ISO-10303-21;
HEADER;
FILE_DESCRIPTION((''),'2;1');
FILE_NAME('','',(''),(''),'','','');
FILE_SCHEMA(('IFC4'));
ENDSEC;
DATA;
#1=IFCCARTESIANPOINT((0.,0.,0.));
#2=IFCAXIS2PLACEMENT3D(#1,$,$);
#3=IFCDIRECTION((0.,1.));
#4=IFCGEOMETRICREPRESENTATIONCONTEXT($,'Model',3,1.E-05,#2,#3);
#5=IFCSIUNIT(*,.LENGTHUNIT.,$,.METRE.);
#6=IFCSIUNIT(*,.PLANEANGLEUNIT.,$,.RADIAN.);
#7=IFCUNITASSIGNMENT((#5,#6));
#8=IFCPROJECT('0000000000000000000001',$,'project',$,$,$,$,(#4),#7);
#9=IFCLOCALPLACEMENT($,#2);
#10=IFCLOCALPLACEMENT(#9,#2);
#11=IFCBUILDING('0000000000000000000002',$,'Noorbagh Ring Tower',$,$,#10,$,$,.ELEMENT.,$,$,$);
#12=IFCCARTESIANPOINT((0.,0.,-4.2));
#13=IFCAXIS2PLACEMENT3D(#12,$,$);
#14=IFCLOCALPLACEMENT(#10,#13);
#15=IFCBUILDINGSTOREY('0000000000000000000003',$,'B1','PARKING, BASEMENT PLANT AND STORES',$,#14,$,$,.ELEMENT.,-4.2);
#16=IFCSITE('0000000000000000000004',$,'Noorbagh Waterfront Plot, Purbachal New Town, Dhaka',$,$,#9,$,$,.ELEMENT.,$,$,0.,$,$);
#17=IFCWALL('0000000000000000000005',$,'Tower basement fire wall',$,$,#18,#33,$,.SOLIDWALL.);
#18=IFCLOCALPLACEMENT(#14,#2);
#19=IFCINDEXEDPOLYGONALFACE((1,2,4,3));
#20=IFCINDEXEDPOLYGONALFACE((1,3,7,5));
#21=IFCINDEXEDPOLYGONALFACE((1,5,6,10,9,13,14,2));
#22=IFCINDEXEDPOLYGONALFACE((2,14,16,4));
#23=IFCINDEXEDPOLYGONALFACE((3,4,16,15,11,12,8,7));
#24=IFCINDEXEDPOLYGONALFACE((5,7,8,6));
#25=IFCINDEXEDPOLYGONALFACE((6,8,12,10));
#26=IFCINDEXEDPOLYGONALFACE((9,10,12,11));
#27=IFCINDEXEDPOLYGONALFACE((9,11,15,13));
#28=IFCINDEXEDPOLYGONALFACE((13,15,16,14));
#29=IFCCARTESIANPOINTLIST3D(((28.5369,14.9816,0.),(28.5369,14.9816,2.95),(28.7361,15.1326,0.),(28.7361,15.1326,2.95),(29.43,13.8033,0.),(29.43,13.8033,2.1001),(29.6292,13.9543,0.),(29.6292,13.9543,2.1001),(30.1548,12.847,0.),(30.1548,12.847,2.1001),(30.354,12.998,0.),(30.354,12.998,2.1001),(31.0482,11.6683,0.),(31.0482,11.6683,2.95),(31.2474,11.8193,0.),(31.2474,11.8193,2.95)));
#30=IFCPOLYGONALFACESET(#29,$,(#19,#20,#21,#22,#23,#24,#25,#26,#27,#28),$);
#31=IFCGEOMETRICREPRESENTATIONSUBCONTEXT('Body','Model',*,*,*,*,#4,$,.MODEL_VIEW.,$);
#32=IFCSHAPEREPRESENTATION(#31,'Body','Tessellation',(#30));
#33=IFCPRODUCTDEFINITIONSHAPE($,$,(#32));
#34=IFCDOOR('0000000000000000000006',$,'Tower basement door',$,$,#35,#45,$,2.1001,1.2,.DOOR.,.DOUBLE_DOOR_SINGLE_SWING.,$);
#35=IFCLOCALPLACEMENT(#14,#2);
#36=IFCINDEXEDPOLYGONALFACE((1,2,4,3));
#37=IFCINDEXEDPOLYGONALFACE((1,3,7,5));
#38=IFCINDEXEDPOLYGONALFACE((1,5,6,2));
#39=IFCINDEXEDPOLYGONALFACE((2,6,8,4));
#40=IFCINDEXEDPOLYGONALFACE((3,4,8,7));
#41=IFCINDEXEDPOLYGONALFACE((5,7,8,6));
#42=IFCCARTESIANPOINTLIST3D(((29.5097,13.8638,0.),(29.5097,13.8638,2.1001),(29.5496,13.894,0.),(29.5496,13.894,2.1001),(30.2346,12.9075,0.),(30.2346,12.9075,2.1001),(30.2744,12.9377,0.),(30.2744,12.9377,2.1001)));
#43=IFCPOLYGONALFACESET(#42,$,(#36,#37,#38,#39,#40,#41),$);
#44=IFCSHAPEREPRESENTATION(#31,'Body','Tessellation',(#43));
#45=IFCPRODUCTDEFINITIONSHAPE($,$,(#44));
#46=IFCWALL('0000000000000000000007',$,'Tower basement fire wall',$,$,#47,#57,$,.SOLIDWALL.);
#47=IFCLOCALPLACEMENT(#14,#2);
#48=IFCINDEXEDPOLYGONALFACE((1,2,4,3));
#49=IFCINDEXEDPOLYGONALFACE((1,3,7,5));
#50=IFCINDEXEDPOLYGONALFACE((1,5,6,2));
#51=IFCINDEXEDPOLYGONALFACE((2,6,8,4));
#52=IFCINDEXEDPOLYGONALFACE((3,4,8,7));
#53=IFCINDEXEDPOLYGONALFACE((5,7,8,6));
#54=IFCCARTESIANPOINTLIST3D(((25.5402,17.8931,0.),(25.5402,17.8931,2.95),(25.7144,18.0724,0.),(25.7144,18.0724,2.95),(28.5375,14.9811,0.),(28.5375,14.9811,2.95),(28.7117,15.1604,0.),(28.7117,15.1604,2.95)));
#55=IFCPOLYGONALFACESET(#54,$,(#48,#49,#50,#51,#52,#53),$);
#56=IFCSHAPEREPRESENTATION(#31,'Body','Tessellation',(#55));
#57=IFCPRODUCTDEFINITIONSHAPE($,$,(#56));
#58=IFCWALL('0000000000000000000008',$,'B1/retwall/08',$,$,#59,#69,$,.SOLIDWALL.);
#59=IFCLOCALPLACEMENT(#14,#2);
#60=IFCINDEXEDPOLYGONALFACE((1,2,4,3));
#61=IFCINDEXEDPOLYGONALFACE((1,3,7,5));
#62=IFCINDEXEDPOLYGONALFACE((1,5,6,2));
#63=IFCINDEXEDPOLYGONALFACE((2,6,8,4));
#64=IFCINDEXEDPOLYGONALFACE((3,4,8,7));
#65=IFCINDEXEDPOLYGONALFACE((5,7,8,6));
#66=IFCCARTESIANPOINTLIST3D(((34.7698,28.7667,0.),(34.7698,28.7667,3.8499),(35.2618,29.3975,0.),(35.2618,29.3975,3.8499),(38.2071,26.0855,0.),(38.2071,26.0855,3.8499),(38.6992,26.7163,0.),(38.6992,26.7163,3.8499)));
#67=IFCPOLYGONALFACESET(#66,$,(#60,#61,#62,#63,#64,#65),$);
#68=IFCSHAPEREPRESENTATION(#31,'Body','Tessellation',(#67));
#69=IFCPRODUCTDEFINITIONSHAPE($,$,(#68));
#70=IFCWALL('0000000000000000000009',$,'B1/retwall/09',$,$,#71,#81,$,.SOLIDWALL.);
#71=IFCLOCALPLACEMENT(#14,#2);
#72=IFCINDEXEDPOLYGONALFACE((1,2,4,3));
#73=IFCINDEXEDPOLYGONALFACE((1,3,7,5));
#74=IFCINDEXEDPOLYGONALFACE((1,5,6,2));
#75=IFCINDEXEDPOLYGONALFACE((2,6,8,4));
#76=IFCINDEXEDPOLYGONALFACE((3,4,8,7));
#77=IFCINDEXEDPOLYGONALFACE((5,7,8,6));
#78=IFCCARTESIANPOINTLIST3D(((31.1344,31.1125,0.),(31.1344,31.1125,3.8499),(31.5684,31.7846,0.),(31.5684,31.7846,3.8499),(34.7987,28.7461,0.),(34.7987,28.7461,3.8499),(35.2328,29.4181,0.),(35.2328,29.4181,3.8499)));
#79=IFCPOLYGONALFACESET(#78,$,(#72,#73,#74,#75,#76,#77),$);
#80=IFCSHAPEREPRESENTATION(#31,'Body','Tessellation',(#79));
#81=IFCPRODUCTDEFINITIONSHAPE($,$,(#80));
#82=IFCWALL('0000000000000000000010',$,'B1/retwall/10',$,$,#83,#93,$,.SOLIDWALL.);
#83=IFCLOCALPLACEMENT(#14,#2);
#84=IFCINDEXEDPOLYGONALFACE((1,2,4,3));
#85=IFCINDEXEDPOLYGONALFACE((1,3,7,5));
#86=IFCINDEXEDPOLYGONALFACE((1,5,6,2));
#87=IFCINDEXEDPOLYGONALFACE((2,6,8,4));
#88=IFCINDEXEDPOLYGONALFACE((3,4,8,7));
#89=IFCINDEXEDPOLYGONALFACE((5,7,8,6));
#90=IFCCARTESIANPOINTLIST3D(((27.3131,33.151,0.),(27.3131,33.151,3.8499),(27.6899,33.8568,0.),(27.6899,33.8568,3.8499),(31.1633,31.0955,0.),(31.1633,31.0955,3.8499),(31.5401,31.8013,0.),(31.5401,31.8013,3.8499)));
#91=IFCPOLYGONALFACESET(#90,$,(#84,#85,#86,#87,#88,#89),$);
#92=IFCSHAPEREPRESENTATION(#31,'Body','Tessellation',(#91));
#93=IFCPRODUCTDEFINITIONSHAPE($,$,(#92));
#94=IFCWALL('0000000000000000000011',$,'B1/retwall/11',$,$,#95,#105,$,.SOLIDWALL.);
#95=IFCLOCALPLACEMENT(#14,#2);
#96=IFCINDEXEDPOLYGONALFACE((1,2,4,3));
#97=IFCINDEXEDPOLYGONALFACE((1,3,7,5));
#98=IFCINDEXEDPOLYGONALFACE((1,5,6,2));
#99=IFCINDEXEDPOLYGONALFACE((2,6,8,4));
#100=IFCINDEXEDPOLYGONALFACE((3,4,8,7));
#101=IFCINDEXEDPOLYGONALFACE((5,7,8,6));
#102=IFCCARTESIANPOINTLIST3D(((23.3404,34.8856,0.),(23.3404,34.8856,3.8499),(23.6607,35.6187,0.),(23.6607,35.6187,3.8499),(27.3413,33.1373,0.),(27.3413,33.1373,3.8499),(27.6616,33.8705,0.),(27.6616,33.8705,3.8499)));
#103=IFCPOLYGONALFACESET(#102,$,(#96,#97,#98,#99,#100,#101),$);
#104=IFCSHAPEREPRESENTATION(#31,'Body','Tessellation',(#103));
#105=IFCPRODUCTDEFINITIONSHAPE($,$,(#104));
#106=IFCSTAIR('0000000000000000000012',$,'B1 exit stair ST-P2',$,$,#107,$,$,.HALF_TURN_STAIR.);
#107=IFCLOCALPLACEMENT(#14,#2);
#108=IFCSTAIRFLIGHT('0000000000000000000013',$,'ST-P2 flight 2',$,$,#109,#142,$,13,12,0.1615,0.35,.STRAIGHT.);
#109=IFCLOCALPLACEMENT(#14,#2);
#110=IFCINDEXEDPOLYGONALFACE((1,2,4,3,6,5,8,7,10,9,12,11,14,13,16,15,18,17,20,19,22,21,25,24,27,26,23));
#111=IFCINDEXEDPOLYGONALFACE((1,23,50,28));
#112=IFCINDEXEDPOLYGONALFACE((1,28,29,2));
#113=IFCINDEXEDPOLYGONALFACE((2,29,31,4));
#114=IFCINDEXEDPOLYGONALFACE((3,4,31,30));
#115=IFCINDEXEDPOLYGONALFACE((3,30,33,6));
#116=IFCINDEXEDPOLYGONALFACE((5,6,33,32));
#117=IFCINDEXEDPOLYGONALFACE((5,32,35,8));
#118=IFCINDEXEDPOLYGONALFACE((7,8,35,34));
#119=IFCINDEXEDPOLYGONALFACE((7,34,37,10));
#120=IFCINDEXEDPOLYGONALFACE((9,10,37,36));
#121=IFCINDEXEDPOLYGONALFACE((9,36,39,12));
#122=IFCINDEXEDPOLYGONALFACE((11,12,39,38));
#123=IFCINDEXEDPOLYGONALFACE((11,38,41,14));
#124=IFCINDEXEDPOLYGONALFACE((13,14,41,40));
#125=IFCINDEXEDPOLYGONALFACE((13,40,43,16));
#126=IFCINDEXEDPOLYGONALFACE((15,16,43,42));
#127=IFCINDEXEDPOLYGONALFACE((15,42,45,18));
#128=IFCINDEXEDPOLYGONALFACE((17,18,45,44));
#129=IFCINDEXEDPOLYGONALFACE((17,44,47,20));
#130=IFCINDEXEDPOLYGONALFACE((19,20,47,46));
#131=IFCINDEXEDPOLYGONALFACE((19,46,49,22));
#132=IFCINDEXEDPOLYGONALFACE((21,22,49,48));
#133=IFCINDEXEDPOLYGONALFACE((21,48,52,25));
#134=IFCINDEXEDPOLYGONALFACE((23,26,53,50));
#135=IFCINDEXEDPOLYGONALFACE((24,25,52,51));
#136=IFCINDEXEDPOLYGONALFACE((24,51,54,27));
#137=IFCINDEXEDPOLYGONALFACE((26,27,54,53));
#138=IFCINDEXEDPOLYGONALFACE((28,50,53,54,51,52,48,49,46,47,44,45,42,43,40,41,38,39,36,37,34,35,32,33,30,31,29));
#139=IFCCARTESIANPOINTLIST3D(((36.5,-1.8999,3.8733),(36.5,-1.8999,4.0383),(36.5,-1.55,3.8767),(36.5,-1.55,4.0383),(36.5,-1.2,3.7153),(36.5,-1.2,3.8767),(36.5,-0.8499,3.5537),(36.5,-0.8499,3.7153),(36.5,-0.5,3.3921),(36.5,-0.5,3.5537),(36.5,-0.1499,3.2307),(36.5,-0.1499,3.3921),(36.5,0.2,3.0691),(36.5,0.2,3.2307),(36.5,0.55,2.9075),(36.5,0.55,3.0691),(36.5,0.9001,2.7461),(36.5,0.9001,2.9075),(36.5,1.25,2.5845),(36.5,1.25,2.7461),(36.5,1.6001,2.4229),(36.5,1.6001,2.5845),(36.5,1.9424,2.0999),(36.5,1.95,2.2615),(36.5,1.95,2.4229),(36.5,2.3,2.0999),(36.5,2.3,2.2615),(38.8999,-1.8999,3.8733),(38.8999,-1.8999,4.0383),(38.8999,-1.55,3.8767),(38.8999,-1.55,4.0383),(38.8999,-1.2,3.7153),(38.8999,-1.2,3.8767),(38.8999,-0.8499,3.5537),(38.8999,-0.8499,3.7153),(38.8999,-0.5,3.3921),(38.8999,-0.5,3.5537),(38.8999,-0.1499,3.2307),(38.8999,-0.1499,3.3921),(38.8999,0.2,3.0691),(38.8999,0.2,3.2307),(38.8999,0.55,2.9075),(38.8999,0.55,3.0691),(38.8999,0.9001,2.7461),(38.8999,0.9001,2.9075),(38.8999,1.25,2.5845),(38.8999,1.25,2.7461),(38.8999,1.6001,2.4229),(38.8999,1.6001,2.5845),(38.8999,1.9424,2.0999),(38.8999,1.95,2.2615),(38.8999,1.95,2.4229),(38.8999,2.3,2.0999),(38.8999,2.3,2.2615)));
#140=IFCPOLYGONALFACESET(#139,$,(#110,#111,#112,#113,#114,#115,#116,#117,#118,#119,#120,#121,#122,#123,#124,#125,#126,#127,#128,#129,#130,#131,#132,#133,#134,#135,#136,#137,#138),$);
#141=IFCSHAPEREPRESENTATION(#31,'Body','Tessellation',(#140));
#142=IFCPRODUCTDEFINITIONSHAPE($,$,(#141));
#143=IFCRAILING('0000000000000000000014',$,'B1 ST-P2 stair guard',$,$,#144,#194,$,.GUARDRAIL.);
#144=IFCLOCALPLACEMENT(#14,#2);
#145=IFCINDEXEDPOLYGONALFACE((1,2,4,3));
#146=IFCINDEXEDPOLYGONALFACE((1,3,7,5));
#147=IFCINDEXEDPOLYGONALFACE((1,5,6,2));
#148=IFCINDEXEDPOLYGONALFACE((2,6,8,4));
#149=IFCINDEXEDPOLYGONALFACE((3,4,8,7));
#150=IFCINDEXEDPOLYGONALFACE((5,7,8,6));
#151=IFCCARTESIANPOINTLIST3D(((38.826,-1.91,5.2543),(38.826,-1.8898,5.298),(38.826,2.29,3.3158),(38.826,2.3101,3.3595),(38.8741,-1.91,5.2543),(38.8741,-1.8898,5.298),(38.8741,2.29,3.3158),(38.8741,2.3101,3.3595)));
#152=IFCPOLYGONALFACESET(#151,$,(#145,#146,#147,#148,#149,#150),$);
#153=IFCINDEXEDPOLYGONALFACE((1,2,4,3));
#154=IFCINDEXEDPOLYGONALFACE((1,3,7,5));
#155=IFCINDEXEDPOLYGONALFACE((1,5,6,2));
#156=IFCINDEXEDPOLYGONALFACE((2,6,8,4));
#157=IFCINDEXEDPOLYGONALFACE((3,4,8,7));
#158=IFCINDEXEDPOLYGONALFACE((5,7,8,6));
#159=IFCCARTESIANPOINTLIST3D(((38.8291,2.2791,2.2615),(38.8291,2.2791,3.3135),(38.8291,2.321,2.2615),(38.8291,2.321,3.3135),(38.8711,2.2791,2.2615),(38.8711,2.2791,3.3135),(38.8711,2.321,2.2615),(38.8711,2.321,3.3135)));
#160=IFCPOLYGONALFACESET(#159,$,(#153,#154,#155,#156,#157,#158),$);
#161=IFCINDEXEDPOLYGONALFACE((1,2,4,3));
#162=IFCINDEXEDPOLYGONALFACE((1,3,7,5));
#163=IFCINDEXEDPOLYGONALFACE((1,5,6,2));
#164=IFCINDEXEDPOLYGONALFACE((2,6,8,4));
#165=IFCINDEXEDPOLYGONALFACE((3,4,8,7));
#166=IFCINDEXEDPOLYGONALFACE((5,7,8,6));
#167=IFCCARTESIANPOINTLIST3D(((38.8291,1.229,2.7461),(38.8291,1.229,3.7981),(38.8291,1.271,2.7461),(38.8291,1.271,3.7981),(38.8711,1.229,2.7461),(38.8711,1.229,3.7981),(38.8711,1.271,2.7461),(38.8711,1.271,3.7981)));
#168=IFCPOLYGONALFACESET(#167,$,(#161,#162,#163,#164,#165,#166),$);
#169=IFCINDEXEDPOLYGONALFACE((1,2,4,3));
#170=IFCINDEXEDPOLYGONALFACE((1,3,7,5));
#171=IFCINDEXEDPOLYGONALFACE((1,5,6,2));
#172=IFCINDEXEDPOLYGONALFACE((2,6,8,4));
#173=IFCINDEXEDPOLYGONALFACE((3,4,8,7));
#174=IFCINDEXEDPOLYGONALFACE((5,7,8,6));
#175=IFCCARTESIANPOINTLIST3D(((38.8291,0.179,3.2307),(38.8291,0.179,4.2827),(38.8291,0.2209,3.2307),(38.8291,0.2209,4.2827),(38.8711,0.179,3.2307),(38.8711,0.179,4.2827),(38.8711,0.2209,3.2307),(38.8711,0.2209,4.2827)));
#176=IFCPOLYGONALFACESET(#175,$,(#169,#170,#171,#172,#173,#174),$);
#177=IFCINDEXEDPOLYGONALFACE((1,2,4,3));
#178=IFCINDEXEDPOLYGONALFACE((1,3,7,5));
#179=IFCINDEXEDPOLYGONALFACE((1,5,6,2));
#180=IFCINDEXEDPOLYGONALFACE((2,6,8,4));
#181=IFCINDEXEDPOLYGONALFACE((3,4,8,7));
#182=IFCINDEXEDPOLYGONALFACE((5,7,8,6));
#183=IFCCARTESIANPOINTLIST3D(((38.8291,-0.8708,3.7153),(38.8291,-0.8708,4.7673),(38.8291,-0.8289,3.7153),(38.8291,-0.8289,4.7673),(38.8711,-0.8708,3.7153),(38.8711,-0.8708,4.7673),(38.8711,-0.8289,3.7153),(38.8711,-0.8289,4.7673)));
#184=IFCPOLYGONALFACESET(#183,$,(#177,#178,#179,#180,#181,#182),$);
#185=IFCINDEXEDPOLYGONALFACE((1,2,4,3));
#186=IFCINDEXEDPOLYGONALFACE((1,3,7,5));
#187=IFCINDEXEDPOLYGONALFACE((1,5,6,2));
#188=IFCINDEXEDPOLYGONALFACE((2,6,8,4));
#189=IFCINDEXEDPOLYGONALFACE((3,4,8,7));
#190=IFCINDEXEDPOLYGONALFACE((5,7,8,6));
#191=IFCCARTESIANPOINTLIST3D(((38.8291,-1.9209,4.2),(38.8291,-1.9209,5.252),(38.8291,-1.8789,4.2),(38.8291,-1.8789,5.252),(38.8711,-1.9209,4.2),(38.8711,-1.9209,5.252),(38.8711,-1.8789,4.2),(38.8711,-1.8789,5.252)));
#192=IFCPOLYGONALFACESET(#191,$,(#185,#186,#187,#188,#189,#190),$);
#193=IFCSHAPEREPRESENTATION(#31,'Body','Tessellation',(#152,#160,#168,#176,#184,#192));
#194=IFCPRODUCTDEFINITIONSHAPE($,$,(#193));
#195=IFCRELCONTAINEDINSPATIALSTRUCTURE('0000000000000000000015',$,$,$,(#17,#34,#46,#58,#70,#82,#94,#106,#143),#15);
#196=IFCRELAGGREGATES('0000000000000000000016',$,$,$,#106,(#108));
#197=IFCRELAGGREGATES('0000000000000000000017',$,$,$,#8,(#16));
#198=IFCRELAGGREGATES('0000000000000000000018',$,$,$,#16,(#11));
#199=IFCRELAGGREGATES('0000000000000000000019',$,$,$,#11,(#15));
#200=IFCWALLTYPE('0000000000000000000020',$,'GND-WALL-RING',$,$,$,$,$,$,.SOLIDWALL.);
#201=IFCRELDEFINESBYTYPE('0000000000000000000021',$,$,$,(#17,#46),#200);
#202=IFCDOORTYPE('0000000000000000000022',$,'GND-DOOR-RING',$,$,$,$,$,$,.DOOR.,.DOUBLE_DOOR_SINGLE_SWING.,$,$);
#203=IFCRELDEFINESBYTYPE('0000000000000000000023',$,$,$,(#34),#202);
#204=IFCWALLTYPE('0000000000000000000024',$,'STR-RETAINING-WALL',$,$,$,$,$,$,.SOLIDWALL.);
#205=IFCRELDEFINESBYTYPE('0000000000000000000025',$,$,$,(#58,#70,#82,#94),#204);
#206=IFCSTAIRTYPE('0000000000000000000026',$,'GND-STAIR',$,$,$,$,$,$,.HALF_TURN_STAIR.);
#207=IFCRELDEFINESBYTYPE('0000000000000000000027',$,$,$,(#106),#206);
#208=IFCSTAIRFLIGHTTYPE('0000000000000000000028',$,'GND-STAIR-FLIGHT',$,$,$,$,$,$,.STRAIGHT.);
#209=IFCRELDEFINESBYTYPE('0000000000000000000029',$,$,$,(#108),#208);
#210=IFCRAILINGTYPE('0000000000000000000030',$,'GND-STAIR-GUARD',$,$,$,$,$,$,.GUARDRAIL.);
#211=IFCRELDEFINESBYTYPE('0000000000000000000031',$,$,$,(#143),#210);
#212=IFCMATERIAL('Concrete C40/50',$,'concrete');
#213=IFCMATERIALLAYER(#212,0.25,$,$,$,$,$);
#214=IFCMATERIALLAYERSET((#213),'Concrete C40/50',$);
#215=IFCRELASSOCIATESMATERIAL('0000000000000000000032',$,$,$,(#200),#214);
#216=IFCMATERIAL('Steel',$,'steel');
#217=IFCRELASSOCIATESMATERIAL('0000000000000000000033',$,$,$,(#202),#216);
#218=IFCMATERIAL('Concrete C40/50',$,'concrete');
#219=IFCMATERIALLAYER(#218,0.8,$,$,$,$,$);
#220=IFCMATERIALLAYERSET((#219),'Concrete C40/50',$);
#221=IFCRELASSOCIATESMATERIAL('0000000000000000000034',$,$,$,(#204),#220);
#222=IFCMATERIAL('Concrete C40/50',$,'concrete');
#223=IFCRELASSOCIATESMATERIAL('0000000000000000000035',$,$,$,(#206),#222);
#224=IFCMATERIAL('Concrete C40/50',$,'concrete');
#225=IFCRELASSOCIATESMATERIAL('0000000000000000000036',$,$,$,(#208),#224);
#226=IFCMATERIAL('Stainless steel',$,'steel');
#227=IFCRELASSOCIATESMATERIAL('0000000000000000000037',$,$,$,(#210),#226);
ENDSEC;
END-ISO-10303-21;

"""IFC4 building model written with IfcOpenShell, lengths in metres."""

from ifc_helpers import new_model, si_unit, direction, frame, frame_2d, origin, origin_2d, place, context, subcontext, project, spatial, polyline, rectangle, outline, extrude, material, layer, layer_set, type_object, element, fill, aggregate, save


model = new_model("IFC4")

# Units and contexts
model_context = context("Model", 3, precision=1e-05, world=origin(), true_north=direction((0.0, 1.0)))
body_context = subcontext(model_context, "Body", "Model", "MODEL_VIEW")
ifc_project = project(units=[si_unit("LENGTHUNIT", "METRE"), si_unit("PLANEANGLEUNIT", "RADIAN")], contexts=[model_context])

# Site, building, storey
site_placement = place(None, origin())
site = spatial("IfcSite", under=ifc_project, at=site_placement, Name="Noorbagh Waterfront Plot, Purbachal New Town, Dhaka", CompositionType="ELEMENT", RefElevation=0.0)
building_placement = place(site_placement, origin())
building = spatial("IfcBuilding", under=site, at=building_placement, Name="Noorbagh Ring Tower", CompositionType="ELEMENT")
storey_placement = place(building_placement, frame((0.0, 0.0, -4.2)))
storey = spatial("IfcBuildingStorey", under=building, at=storey_placement, Name="B1", Description="PARKING, BASEMENT PLANT AND STORES", CompositionType="ELEMENT", Elevation=-4.2)

# Shared definitions
ifc_material_1 = material(Name="Concrete C40/50", Category="concrete")
ifc_layer_1 = layer(ifc_material_1, 0.25)
ifc_layer_set_1 = layer_set([ifc_layer_1], Name="Concrete C40/50")
wall_type_1 = type_object("IfcWallType", Name="GND-WALL-RING", PredefinedType="SOLIDWALL", material=ifc_layer_set_1)

# Wall, opening, door
wall_1_placement = place(storey_placement, frame((31.1477, 11.7439, 0.0), z_axis=(0.0, 0.0, 1.0), x_axis=(-0.604042, 0.796953, 0.0)))
wall_1 = element("IfcWall", 1, at=wall_1_placement, inside=storey, type_object=wall_type_1, Name="Tower basement fire wall", PredefinedType="SOLIDWALL", context=body_context, shape_type="SweptSolid", body=[
    extrude(rectangle(XDim=4.1575, YDim=0.25, at=frame_2d((2.0786, 0.0))), origin(), (0.0, 0.0, 1.0), 2.95),
])
opening_placement = place(wall_1_placement, frame((1.4788, 0.0, 0.0)))
opening = element("IfcOpeningElement", 2, at=opening_placement, cuts=wall_1, PredefinedType="OPENING", context=body_context, shape_type="SweptSolid", body=[
    extrude(rectangle(XDim=1.2, YDim=2.1001, at=frame_2d((0.6001, 1.05))), frame((0.0, 0.135, 0.0), z_axis=(0.0, -1.0, 0.0), x_axis=(1.0, 0.0, 0.0)), (0.0, 0.0, 1.0), 0.27),
])
ifc_material_2 = material(Name="Steel", Category="steel")
door_type = type_object("IfcDoorType", Name="GND-DOOR-RING", OperationType="DOUBLE_DOOR_SINGLE_SWING", PredefinedType="DOOR", material=ifc_material_2)
door_placement = place(opening_placement, origin())
door = element("IfcDoor", 3, at=door_placement, inside=storey, type_object=door_type, Name="Tower basement door", OperationType="DOUBLE_DOOR_SINGLE_SWING", OverallHeight=2.1001, OverallWidth=1.2, PredefinedType="DOOR", context=body_context, shape_type="SweptSolid", body=[
    extrude(rectangle(XDim=1.2, YDim=2.1001, at=frame_2d((0.6001, 1.05))), frame((0.0, 0.0249, 0.0), z_axis=(0.0, -1.0, 0.0), x_axis=(1.0, 0.0, 0.0)), (0.0, 0.0, 1.0), 0.05),
])
fill(opening, door)

# Walls
wall_2_placement = place(storey_placement, frame((28.6245, 15.0708, 0.0), z_axis=(0.0, 0.0, 1.0), x_axis=(-0.717228, 0.696839, 0.0)))
element("IfcWall", 4, at=wall_2_placement, inside=storey, type_object=wall_type_1, Name="Tower basement fire wall", PredefinedType="SOLIDWALL", context=body_context, shape_type="SweptSolid", body=[
    extrude(rectangle(XDim=4.179, YDim=0.25, at=frame_2d((2.0894, 0.0))), origin(), (0.0, 0.0, 1.0), 2.95),
])
ifc_material_3 = material(Name="Concrete C40/50", Category="concrete")
ifc_layer_2 = layer(ifc_material_3, 0.8)
ifc_layer_set_2 = layer_set([ifc_layer_2], Name="Concrete C40/50")
wall_type_2 = type_object("IfcWallType", Name="STR-RETAINING-WALL", PredefinedType="SOLIDWALL", material=ifc_layer_set_2)
wall_3_placement = place(storey_placement, frame((38.4531, 26.4009, 0.0), z_axis=(0.0, 0.0, 1.0), x_axis=(-0.788492, 0.615045, 0.0)))
element("IfcWall", 5, at=wall_3_placement, inside=storey, type_object=wall_type_2, Name="B1/retwall/08", PredefinedType="SOLIDWALL", context=body_context, shape_type="SweptSolid", body=[
    extrude(rectangle(XDim=4.3594, YDim=0.8, at=frame_2d((2.1797, 0.0))), origin(), (0.0, 0.0, 1.0), 3.8499),
])
wall_4_placement = place(storey_placement, frame((35.0159, 29.082, 0.0), z_axis=(0.0, 0.0, 1.0), x_axis=(-0.840047, 0.542513, 0.0)))
element("IfcWall", 6, at=wall_4_placement, inside=storey, type_object=wall_type_2, Name="B1/retwall/09", PredefinedType="SOLIDWALL", context=body_context, shape_type="SweptSolid", body=[
    extrude(rectangle(XDim=4.3621, YDim=0.8, at=frame_2d((2.1812, 0.0))), origin(), (0.0, 0.0, 1.0), 3.8499),
])
wall_5_placement = place(storey_placement, frame((31.3516, 31.4485, 0.0), z_axis=(0.0, 0.0, 1.0), x_axis=(-0.882159, 0.470951, 0.0)))
element("IfcWall", 7, at=wall_5_placement, inside=storey, type_object=wall_type_2, Name="B1/retwall/10", PredefinedType="SOLIDWALL", context=body_context, shape_type="SweptSolid", body=[
    extrude(rectangle(XDim=4.3645, YDim=0.8, at=frame_2d((2.1821, 0.0))), origin(), (0.0, 0.0, 1.0), 3.8499),
])
wall_6_placement = place(storey_placement, frame((27.5015, 33.5039, 0.0), z_axis=(0.0, 0.0, 1.0), x_axis=(-0.916337, 0.400408, 0.0)))
element("IfcWall", 8, at=wall_6_placement, inside=storey, type_object=wall_type_2, Name="B1/retwall/11", PredefinedType="SOLIDWALL", context=body_context, shape_type="SweptSolid", body=[
    extrude(rectangle(XDim=4.3662, YDim=0.8, at=frame_2d((2.1831, 0.0))), origin(), (0.0, 0.0, 1.0), 3.8499),
])

# Stair, stair flight
ifc_material_4 = material(Name="Concrete C40/50", Category="concrete")
stair_type = type_object("IfcStairType", Name="GND-STAIR", PredefinedType="HALF_TURN_STAIR", material=ifc_material_4)
stair_placement = place(storey_placement, origin())
stair = element("IfcStair", 9, at=stair_placement, inside=storey, type_object=stair_type, Name="B1 exit stair ST-P2", PredefinedType="HALF_TURN_STAIR")
ifc_material_5 = material(Name="Concrete C40/50", Category="concrete")
stair_flight_type = type_object("IfcStairFlightType", Name="GND-STAIR-FLIGHT", PredefinedType="STRAIGHT", material=ifc_material_5)
stair_flight_placement = place(storey_placement, frame((37.7, 2.3, 2.0999), z_axis=(0.0, 0.0, 1.0), x_axis=(0.0, -1.0, 0.0)))
stair_flight = element("IfcStairFlight", 10, at=stair_flight_placement, type_object=stair_flight_type, Name="ST-P2 flight 2", NumberOfRisers=13, NumberOfTreads=12, PredefinedType="STRAIGHT", RiserHeight=0.1615, TreadLength=0.35, context=body_context, shape_type="SweptSolid", body=[
    extrude(outline(polyline([(0.0, 0.0), (0.0, 0.1616), (0.3501, 0.1616), (0.3501, 0.323), (0.7, 0.323), (0.7, 0.4846), (1.05, 0.4846), (1.05, 0.6462), (1.3999, 0.6462), (1.3999, 0.8076), (1.75, 0.8076), (1.75, 0.9692), (2.1001, 0.9692), (2.1001, 1.1309), (2.45, 1.1309), (2.45, 1.2922), (2.8, 1.2922), (2.8, 1.4539), (3.1499, 1.4539), (3.1499, 1.6155), (3.5, 1.6155), (3.5, 1.7769), (3.8501, 1.7769), (3.8501, 1.9385), (4.2, 1.9385), (4.2, 2.1001), (4.2, 1.7734), (0.3577, 0.0), (0.0, 0.0)])), frame((0.0, 1.2, 0.0), z_axis=(0.0, -1.0, 0.0), x_axis=(1.0, 0.0, 0.0)), (0.0, 0.0, 1.0), 2.3999),
])
aggregate(stair, [stair_flight])

# Railing
ifc_material_6 = material(Name="Stainless steel", Category="steel")
railing_type = type_object("IfcRailingType", Name="GND-STAIR-GUARD", PredefinedType="GUARDRAIL", material=ifc_material_6)
railing_placement = place(storey_placement, frame((38.8501, 2.3, 2.2615)))
element("IfcRailing", 11, at=railing_placement, inside=storey, type_object=railing_type, Name="B1 ST-P2 stair guard", PredefinedType="GUARDRAIL", context=body_context, shape_type="SweptSolid", body=[
    extrude(rectangle(XDim=0.0481, YDim=0.0481, at=origin_2d()), frame((0.0, 0.0, 1.0762), z_axis=(0.0, -0.907956, 0.419065), x_axis=(1.0, 0.0, 0.0)), (0.0, 0.0, 1.0), 4.6257),
    extrude(rectangle(XDim=0.042, YDim=0.042, at=origin_2d()), origin(), (0.0, 0.0, 1.0), 1.052),
    extrude(rectangle(XDim=0.042, YDim=0.042, at=origin_2d()), frame((0.0, -1.05, 0.4846)), (0.0, 0.0, 1.0), 1.052),
    extrude(rectangle(XDim=0.042, YDim=0.042, at=origin_2d()), frame((0.0, -2.1001, 0.9692)), (0.0, 0.0, 1.0), 1.052),
    extrude(rectangle(XDim=0.042, YDim=0.042, at=origin_2d()), frame((0.0, -3.1499, 1.4539)), (0.0, 0.0, 1.0), 1.052),
    extrude(rectangle(XDim=0.042, YDim=0.042, at=origin_2d()), frame((0.0, -4.2, 1.9385)), (0.0, 0.0, 1.0), 1.052),
])

save(model, "model.ifc")
